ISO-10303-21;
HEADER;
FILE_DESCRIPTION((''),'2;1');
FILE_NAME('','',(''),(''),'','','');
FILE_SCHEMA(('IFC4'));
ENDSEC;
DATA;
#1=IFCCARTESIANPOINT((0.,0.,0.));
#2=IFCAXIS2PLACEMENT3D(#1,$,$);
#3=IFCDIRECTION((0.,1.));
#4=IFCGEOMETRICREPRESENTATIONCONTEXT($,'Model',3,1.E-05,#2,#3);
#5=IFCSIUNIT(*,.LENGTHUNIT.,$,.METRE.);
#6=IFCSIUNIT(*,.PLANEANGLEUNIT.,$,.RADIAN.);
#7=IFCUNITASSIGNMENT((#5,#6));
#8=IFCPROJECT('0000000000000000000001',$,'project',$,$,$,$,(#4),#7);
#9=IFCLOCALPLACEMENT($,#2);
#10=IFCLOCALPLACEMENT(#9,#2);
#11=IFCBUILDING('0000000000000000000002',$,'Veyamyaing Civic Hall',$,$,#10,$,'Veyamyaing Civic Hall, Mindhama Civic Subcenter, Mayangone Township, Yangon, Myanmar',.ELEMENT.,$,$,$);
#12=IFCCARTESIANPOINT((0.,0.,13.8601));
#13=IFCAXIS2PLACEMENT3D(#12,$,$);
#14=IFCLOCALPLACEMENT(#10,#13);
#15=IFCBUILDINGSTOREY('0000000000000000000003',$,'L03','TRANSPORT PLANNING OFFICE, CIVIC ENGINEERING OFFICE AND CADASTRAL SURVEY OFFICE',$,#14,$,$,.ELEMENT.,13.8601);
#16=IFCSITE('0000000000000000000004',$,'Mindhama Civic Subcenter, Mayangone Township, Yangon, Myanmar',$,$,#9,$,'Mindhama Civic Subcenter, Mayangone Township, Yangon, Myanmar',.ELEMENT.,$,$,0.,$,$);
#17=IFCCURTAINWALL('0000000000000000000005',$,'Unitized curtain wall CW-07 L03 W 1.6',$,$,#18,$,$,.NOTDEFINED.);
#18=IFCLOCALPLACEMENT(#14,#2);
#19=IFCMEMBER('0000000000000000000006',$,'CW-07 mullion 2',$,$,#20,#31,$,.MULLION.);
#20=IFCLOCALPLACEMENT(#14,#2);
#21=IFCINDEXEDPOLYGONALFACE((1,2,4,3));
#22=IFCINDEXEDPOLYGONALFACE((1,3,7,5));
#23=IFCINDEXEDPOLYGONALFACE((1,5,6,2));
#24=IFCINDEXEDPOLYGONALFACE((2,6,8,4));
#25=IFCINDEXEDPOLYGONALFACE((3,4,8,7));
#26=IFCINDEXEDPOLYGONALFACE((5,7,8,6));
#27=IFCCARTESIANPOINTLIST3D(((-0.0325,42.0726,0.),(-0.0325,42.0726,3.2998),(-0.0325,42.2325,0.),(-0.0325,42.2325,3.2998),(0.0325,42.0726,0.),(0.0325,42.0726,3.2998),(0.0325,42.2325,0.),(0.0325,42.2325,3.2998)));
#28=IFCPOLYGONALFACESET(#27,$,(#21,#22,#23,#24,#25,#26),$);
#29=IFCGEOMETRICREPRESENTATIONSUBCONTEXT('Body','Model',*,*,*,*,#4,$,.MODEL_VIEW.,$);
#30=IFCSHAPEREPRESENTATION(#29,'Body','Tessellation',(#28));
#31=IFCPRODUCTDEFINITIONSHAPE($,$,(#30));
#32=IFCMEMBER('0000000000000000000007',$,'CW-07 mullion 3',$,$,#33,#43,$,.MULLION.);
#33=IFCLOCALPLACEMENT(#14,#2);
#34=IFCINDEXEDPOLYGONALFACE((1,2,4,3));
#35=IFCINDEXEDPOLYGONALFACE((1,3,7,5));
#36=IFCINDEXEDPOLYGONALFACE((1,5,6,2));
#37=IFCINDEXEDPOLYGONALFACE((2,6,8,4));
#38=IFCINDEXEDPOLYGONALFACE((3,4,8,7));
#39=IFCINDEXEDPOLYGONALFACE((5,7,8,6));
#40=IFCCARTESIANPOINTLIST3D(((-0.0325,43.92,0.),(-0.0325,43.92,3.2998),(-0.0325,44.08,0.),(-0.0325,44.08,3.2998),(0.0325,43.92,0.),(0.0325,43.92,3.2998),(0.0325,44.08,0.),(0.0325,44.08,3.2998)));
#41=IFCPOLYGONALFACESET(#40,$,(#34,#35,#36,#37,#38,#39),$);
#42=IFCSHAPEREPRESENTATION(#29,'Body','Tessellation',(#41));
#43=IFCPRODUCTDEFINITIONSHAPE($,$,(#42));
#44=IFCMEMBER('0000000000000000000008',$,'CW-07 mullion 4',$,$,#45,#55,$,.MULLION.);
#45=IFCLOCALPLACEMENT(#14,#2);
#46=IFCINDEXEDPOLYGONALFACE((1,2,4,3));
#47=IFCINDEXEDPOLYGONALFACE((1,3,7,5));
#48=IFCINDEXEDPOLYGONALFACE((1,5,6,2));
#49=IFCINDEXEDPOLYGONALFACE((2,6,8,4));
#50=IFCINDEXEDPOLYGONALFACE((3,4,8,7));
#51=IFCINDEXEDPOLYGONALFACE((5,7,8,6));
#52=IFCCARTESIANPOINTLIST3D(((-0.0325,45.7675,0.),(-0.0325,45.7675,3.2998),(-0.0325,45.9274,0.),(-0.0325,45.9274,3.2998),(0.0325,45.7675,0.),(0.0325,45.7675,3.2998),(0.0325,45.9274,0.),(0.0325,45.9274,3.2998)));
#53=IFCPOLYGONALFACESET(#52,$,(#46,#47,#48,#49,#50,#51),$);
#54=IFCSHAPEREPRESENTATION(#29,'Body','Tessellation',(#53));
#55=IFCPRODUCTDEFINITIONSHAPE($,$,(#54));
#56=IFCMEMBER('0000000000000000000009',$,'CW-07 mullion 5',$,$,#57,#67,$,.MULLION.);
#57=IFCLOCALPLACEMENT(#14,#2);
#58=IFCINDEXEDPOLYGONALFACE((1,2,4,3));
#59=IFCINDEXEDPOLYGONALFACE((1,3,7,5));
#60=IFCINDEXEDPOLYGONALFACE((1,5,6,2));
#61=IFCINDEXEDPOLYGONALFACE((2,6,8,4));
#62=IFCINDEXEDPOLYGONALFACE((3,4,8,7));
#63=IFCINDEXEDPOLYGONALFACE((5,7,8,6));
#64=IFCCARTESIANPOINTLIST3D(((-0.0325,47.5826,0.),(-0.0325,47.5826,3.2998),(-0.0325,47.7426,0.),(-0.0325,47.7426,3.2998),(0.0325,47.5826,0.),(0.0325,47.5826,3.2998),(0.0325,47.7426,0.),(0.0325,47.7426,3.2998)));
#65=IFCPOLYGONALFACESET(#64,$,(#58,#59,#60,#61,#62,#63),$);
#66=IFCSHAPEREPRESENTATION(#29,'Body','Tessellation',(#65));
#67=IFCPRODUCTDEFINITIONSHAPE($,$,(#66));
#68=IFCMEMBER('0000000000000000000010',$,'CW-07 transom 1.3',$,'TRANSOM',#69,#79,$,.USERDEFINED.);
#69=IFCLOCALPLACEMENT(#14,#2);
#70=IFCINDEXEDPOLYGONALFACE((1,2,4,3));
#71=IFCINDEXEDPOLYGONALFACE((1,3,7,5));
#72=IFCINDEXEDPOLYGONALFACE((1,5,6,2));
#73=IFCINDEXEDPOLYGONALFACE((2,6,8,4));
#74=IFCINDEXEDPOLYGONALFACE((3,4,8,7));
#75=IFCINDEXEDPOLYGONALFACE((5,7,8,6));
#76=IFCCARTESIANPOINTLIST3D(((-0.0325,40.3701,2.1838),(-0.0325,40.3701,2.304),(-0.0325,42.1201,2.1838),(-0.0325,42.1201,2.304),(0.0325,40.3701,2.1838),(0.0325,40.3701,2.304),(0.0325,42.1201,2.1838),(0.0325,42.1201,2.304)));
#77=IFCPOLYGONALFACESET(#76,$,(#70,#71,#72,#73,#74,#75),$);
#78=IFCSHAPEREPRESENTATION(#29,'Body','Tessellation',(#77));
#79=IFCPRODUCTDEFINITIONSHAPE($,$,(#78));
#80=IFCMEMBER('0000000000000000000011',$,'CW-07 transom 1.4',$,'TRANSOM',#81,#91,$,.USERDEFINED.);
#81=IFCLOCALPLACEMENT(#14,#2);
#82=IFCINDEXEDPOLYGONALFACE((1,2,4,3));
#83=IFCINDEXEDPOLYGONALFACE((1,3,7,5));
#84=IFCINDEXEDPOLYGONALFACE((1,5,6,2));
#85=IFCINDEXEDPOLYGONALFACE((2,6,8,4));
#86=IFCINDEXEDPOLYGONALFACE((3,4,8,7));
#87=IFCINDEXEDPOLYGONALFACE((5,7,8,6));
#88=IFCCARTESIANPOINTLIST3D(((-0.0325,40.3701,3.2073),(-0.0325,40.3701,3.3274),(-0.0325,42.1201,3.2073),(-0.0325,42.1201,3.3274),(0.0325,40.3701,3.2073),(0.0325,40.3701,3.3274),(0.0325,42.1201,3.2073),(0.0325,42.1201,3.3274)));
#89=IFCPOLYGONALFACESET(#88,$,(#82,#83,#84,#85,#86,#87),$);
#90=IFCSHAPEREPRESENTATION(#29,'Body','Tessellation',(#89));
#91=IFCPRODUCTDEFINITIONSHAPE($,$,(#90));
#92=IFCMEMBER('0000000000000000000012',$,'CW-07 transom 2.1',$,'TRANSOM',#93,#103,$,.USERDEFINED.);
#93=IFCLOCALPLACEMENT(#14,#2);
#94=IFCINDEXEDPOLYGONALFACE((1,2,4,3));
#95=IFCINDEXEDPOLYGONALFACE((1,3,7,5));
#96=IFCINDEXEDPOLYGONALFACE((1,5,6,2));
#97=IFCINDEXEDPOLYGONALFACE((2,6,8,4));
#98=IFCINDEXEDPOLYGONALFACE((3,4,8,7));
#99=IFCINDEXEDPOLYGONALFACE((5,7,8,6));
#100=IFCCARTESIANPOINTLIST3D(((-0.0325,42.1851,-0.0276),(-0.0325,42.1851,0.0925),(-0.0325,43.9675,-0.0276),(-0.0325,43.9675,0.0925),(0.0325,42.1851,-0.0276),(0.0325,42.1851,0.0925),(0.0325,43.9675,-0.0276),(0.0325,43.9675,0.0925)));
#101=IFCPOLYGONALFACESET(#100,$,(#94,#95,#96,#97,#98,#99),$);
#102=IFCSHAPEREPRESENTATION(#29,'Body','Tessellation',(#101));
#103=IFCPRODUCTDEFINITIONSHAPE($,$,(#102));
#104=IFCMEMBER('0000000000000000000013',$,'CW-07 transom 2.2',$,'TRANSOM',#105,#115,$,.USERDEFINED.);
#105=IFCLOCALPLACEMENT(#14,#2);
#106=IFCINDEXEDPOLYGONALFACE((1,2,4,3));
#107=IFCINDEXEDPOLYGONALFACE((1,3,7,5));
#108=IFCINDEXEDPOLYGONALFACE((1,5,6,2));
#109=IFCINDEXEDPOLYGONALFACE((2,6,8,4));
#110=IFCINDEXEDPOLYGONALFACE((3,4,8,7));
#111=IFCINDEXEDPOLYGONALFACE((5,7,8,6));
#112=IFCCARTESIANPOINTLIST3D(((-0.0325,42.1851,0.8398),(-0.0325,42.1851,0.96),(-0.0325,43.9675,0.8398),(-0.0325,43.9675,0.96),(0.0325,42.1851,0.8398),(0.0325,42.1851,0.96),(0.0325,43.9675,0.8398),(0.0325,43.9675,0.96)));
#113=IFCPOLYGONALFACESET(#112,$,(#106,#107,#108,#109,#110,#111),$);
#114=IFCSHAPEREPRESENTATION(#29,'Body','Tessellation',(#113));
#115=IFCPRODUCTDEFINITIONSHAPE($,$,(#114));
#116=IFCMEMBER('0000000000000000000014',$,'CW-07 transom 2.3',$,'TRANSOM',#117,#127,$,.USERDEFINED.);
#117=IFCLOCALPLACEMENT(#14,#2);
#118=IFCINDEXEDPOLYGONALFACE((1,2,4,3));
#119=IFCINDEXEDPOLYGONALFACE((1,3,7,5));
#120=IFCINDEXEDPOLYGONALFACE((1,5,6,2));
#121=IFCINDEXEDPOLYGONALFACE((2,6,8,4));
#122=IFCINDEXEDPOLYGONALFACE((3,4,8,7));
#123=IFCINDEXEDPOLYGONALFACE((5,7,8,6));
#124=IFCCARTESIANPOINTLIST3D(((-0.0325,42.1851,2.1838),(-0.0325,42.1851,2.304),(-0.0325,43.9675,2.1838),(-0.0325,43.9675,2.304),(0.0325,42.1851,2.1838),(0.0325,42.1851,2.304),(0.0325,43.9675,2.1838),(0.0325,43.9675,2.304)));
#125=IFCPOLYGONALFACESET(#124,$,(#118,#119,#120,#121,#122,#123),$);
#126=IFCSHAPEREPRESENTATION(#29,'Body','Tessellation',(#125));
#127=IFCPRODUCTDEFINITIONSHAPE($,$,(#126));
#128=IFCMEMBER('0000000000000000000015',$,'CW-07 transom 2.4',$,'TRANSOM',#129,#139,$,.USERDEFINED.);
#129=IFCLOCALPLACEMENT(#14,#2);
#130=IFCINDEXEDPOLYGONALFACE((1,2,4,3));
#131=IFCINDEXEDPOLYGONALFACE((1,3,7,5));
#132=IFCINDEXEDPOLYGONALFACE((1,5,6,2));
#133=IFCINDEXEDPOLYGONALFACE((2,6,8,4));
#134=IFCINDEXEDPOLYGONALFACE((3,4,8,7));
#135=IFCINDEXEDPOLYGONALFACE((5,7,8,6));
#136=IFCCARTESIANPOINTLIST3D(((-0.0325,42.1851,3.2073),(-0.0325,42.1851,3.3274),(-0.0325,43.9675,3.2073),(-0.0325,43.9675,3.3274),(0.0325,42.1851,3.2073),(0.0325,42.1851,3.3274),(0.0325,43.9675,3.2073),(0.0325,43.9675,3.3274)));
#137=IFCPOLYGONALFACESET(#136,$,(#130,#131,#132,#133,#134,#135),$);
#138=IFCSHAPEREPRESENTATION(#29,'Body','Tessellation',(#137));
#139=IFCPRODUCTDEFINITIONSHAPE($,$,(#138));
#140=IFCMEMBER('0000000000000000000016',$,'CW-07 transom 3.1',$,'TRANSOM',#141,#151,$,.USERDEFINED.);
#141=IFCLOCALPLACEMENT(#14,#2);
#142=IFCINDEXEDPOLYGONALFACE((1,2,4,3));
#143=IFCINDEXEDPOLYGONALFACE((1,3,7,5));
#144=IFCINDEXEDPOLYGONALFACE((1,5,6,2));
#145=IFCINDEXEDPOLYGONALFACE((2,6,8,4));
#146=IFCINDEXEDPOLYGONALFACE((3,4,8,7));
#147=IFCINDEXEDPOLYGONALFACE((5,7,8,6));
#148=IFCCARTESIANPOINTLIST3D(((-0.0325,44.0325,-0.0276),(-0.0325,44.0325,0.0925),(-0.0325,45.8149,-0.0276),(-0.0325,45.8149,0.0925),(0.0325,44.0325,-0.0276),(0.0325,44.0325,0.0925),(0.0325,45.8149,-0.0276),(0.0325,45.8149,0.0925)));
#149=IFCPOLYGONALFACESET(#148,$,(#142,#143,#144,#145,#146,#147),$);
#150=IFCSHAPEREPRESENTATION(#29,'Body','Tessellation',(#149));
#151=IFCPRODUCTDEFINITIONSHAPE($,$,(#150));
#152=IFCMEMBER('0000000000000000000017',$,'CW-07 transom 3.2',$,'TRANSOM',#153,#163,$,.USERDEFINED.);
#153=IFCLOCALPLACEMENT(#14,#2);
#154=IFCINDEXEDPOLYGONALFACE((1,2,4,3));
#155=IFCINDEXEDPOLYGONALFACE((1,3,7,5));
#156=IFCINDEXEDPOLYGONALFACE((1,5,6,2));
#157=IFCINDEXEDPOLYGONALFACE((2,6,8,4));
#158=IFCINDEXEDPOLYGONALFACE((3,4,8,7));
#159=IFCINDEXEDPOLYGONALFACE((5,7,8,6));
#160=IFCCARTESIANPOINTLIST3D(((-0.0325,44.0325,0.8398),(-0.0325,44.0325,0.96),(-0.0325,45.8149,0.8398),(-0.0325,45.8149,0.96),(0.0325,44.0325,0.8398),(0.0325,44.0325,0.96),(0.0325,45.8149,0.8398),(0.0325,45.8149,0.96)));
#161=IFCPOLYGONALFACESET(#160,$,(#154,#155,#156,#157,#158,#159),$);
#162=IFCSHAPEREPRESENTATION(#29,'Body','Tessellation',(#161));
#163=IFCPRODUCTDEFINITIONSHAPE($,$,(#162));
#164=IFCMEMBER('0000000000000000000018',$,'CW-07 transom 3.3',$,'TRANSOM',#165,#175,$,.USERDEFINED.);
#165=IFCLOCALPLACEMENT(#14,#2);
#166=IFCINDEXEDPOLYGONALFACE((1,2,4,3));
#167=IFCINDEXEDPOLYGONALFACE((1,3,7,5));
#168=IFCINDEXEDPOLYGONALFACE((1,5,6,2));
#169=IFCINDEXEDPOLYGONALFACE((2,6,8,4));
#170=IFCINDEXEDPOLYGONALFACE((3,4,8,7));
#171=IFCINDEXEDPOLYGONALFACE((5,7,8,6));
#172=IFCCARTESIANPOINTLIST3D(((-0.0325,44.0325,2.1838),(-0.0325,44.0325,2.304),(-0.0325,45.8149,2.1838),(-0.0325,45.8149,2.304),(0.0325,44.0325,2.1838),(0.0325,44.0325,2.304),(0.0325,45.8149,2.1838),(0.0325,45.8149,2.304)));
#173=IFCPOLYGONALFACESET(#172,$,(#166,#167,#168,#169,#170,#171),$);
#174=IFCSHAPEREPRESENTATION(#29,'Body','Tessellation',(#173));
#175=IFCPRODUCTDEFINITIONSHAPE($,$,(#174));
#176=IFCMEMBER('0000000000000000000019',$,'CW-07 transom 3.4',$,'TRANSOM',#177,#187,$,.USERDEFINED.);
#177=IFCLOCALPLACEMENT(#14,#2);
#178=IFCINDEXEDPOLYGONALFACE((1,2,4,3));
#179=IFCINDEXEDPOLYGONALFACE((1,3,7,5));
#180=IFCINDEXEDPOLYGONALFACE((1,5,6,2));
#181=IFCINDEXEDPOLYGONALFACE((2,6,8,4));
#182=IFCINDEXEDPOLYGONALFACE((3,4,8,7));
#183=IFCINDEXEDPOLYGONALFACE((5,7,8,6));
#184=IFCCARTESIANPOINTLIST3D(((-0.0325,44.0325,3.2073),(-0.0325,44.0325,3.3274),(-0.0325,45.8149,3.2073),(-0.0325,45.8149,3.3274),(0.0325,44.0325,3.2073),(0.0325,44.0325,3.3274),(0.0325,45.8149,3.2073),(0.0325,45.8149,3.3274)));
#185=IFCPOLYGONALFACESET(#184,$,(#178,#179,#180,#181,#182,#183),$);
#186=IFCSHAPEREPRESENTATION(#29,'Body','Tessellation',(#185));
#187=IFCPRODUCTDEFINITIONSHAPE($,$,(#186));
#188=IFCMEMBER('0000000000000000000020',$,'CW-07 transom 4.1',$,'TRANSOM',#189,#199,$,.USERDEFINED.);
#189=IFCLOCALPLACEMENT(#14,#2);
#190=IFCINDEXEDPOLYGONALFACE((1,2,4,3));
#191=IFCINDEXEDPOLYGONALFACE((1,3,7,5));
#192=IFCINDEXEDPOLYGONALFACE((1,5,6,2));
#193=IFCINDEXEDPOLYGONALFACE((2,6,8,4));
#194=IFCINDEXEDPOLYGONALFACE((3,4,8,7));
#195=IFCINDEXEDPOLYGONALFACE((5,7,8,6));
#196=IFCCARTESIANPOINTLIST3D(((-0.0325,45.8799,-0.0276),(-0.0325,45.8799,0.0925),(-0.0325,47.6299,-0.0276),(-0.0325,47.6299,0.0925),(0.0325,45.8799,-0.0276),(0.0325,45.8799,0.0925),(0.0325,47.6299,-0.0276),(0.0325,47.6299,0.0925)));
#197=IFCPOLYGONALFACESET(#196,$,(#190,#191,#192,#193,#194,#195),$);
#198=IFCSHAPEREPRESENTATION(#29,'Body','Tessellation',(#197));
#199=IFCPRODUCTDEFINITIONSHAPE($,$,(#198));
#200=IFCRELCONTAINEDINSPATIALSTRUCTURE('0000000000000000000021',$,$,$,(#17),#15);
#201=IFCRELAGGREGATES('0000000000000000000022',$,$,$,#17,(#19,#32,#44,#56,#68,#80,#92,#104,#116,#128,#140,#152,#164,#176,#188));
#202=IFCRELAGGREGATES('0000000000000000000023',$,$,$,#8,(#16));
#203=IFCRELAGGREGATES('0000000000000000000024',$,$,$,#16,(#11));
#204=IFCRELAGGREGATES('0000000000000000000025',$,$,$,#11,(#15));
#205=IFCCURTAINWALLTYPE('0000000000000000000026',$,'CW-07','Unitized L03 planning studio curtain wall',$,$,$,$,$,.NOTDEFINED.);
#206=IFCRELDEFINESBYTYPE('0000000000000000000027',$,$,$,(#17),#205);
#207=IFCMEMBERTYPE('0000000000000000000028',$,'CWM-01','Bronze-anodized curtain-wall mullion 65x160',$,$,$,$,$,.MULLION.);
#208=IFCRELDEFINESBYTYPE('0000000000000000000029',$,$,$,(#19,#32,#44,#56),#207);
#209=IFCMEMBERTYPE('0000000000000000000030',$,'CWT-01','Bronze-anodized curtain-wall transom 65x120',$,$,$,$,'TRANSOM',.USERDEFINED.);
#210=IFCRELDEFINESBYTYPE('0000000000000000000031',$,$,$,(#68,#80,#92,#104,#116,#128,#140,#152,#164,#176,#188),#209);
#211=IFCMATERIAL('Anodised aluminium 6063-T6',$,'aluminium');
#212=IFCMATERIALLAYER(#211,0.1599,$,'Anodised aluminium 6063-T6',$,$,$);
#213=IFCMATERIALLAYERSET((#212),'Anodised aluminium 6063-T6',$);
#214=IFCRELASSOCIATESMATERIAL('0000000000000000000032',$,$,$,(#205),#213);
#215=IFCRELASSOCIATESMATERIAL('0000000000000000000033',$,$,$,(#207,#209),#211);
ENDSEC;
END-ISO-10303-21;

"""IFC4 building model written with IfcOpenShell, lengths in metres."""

from ifc_helpers import new_model, si_unit, direction, frame, origin, origin_2d, place, context, subcontext, project, spatial, rectangle, extrude, material, layer, layer_set, material_profile, profile_set, type_object, element, aggregate, save


model = new_model("IFC4")

# Units and contexts
model_context = context("Model", 3, precision=1e-05, world=origin(), true_north=direction((0.0, 1.0)))
body_context = subcontext(model_context, "Body", "Model", "MODEL_VIEW")
ifc_project = project(units=[si_unit("LENGTHUNIT", "METRE"), si_unit("PLANEANGLEUNIT", "RADIAN")], contexts=[model_context])

# Site, building, storey
site_placement = place(None, origin())
site = spatial("IfcSite", under=ifc_project, at=site_placement, Name="Mindhama Civic Subcenter, Mayangone Township, Yangon, Myanmar", LongName="Mindhama Civic Subcenter, Mayangone Township, Yangon, Myanmar", CompositionType="ELEMENT", RefElevation=0.0)
building_placement = place(site_placement, origin())
building = spatial("IfcBuilding", under=site, at=building_placement, Name="Veyamyaing Civic Hall", LongName="Veyamyaing Civic Hall, Mindhama Civic Subcenter, Mayangone Township, Yangon, Myanmar", CompositionType="ELEMENT")
storey_placement = place(building_placement, frame((0.0, 0.0, 13.8601)))
storey = spatial("IfcBuildingStorey", under=building, at=storey_placement, Name="L03", Description="TRANSPORT PLANNING OFFICE, CIVIC ENGINEERING OFFICE AND CADASTRAL SURVEY OFFICE", CompositionType="ELEMENT", Elevation=13.8601)

# Curtain wall, members
ifc_material_1 = material(Name="Anodised aluminium 6063-T6", Category="aluminium")
ifc_layer_1 = layer(ifc_material_1, 0.1599, Name="Anodised aluminium 6063-T6")
ifc_layer_set_1 = layer_set([ifc_layer_1], Name="Anodised aluminium 6063-T6")
curtain_wall_type = type_object("IfcCurtainWallType", Name="CW-07", Description="Unitized L03 planning studio curtain wall", PredefinedType="NOTDEFINED", material=ifc_layer_set_1)
curtain_wall_placement = place(storey_placement, origin())
curtain_wall = element("IfcCurtainWall", 1, at=curtain_wall_placement, inside=storey, type_object=curtain_wall_type, Name="Unitized curtain wall CW-07 L03 W 1.6", PredefinedType="NOTDEFINED")
ifc_material_profile_1 = material_profile(ifc_material_1, rectangle(XDim=0.0649, YDim=0.1599, at=origin_2d()), Name="ALU-MUL-65X160")
ifc_profile_set_1 = profile_set([ifc_material_profile_1], Name="Anodised aluminium 6063-T6")
member_type_1 = type_object("IfcMemberType", Name="CWM-01", Description="Bronze-anodized curtain-wall mullion 65x160", PredefinedType="MULLION", material=ifc_profile_set_1)
member_1_placement = place(storey_placement, frame((0.0, 42.1526, 0.0), z_axis=(0.0, 0.0, 1.0), x_axis=(-1.0, 0.0, 0.0)))
member_1 = element("IfcMember", 2, at=member_1_placement, type_object=member_type_1, Name="CW-07 mullion 2", PredefinedType="MULLION", context=body_context, shape_type="SweptSolid", body=[
    extrude(rectangle(XDim=0.0649, YDim=0.1599, at=origin_2d()), origin(), (0.0, 0.0, 1.0), 3.2998),
])
member_2_placement = place(storey_placement, frame((0.0, 44.0, 0.0), z_axis=(0.0, 0.0, 1.0), x_axis=(-1.0, 0.0, 0.0)))
member_2 = element("IfcMember", 3, at=member_2_placement, type_object=member_type_1, Name="CW-07 mullion 3", PredefinedType="MULLION", context=body_context, shape_type="SweptSolid", body=[
    extrude(rectangle(XDim=0.0649, YDim=0.1599, at=origin_2d()), origin(), (0.0, 0.0, 1.0), 3.2998),
])
member_3_placement = place(storey_placement, frame((0.0, 45.8474, 0.0), z_axis=(0.0, 0.0, 1.0), x_axis=(-1.0, 0.0, 0.0)))
member_3 = element("IfcMember", 4, at=member_3_placement, type_object=member_type_1, Name="CW-07 mullion 4", PredefinedType="MULLION", context=body_context, shape_type="SweptSolid", body=[
    extrude(rectangle(XDim=0.0649, YDim=0.1599, at=origin_2d()), origin(), (0.0, 0.0, 1.0), 3.2998),
])
member_4_placement = place(storey_placement, frame((0.0, 47.6626, 0.0), z_axis=(0.0, 0.0, 1.0), x_axis=(-1.0, 0.0, 0.0)))
member_4 = element("IfcMember", 5, at=member_4_placement, type_object=member_type_1, Name="CW-07 mullion 5", PredefinedType="MULLION", context=body_context, shape_type="SweptSolid", body=[
    extrude(rectangle(XDim=0.0649, YDim=0.1599, at=origin_2d()), origin(), (0.0, 0.0, 1.0), 3.2998),
])
ifc_material_profile_2 = material_profile(ifc_material_1, rectangle(XDim=0.0649, YDim=0.1201, at=origin_2d()), Name="ALU-TRN-65X120")
ifc_profile_set_2 = profile_set([ifc_material_profile_2], Name="Anodised aluminium 6063-T6")
member_type_2 = type_object("IfcMemberType", Name="CWT-01", Description="Bronze-anodized curtain-wall transom 65x120", ElementType="TRANSOM", PredefinedType="USERDEFINED", material=ifc_profile_set_2)
member_5_placement = place(storey_placement, frame((0.0, 40.3701, 2.2439), z_axis=(0.0, 1.0, 0.0), x_axis=(-1.0, 0.0, 0.0)))
member_5 = element("IfcMember", 6, at=member_5_placement, type_object=member_type_2, Name="CW-07 transom 1.3", ObjectType="TRANSOM", PredefinedType="USERDEFINED", context=body_context, shape_type="SweptSolid", body=[
    extrude(rectangle(XDim=0.0649, YDim=0.1201, at=origin_2d()), origin(), (0.0, 0.0, 1.0), 1.75),
])
member_6_placement = place(storey_placement, frame((0.0, 40.3701, 3.2673), z_axis=(0.0, 1.0, 0.0), x_axis=(-1.0, 0.0, 0.0)))
member_6 = element("IfcMember", 7, at=member_6_placement, type_object=member_type_2, Name="CW-07 transom 1.4", ObjectType="TRANSOM", PredefinedType="USERDEFINED", context=body_context, shape_type="SweptSolid", body=[
    extrude(rectangle(XDim=0.0649, YDim=0.1201, at=origin_2d()), origin(), (0.0, 0.0, 1.0), 1.75),
])
member_7_placement = place(storey_placement, frame((0.0, 42.1851, 0.0325), z_axis=(0.0, 1.0, 0.0), x_axis=(-1.0, 0.0, 0.0)))
member_7 = element("IfcMember", 8, at=member_7_placement, type_object=member_type_2, Name="CW-07 transom 2.1", ObjectType="TRANSOM", PredefinedType="USERDEFINED", context=body_context, shape_type="SweptSolid", body=[
    extrude(rectangle(XDim=0.0649, YDim=0.1201, at=origin_2d()), origin(), (0.0, 0.0, 1.0), 1.7825),
])
member_8_placement = place(storey_placement, frame((0.0, 42.1851, 0.8999), z_axis=(0.0, 1.0, 0.0), x_axis=(-1.0, 0.0, 0.0)))
member_8 = element("IfcMember", 9, at=member_8_placement, type_object=member_type_2, Name="CW-07 transom 2.2", ObjectType="TRANSOM", PredefinedType="USERDEFINED", context=body_context, shape_type="SweptSolid", body=[
    extrude(rectangle(XDim=0.0649, YDim=0.1201, at=origin_2d()), origin(), (0.0, 0.0, 1.0), 1.7825),
])
member_9_placement = place(storey_placement, frame((0.0, 42.1851, 2.2439), z_axis=(0.0, 1.0, 0.0), x_axis=(-1.0, 0.0, 0.0)))
member_9 = element("IfcMember", 10, at=member_9_placement, type_object=member_type_2, Name="CW-07 transom 2.3", ObjectType="TRANSOM", PredefinedType="USERDEFINED", context=body_context, shape_type="SweptSolid", body=[
    extrude(rectangle(XDim=0.0649, YDim=0.1201, at=origin_2d()), origin(), (0.0, 0.0, 1.0), 1.7825),
])
member_10_placement = place(storey_placement, frame((0.0, 42.1851, 3.2673), z_axis=(0.0, 1.0, 0.0), x_axis=(-1.0, 0.0, 0.0)))
member_10 = element("IfcMember", 11, at=member_10_placement, type_object=member_type_2, Name="CW-07 transom 2.4", ObjectType="TRANSOM", PredefinedType="USERDEFINED", context=body_context, shape_type="SweptSolid", body=[
    extrude(rectangle(XDim=0.0649, YDim=0.1201, at=origin_2d()), origin(), (0.0, 0.0, 1.0), 1.7825),
])
member_11_placement = place(storey_placement, frame((0.0, 44.0325, 0.0325), z_axis=(0.0, 1.0, 0.0), x_axis=(-1.0, 0.0, 0.0)))
member_11 = element("IfcMember", 12, at=member_11_placement, type_object=member_type_2, Name="CW-07 transom 3.1", ObjectType="TRANSOM", PredefinedType="USERDEFINED", context=body_context, shape_type="SweptSolid", body=[
    extrude(rectangle(XDim=0.0649, YDim=0.1201, at=origin_2d()), origin(), (0.0, 0.0, 1.0), 1.7825),
])
member_12_placement = place(storey_placement, frame((0.0, 44.0325, 0.8999), z_axis=(0.0, 1.0, 0.0), x_axis=(-1.0, 0.0, 0.0)))
member_12 = element("IfcMember", 13, at=member_12_placement, type_object=member_type_2, Name="CW-07 transom 3.2", ObjectType="TRANSOM", PredefinedType="USERDEFINED", context=body_context, shape_type="SweptSolid", body=[
    extrude(rectangle(XDim=0.0649, YDim=0.1201, at=origin_2d()), origin(), (0.0, 0.0, 1.0), 1.7825),
])
member_13_placement = place(storey_placement, frame((0.0, 44.0325, 2.2439), z_axis=(0.0, 1.0, 0.0), x_axis=(-1.0, 0.0, 0.0)))
member_13 = element("IfcMember", 14, at=member_13_placement, type_object=member_type_2, Name="CW-07 transom 3.3", ObjectType="TRANSOM", PredefinedType="USERDEFINED", context=body_context, shape_type="SweptSolid", body=[
    extrude(rectangle(XDim=0.0649, YDim=0.1201, at=origin_2d()), origin(), (0.0, 0.0, 1.0), 1.7825),
])
member_14_placement = place(storey_placement, frame((0.0, 44.0325, 3.2673), z_axis=(0.0, 1.0, 0.0), x_axis=(-1.0, 0.0, 0.0)))
member_14 = element("IfcMember", 15, at=member_14_placement, type_object=member_type_2, Name="CW-07 transom 3.4", ObjectType="TRANSOM", PredefinedType="USERDEFINED", context=body_context, shape_type="SweptSolid", body=[
    extrude(rectangle(XDim=0.0649, YDim=0.1201, at=origin_2d()), origin(), (0.0, 0.0, 1.0), 1.7825),
])
member_15_placement = place(storey_placement, frame((0.0, 45.8799, 0.0325), z_axis=(0.0, 1.0, 0.0), x_axis=(-1.0, 0.0, 0.0)))
member_15 = element("IfcMember", 16, at=member_15_placement, type_object=member_type_2, Name="CW-07 transom 4.1", ObjectType="TRANSOM", PredefinedType="USERDEFINED", context=body_context, shape_type="SweptSolid", body=[
    extrude(rectangle(XDim=0.0649, YDim=0.1201, at=origin_2d()), origin(), (0.0, 0.0, 1.0), 1.75),
])

aggregate(curtain_wall, [member_1, member_2, member_3, member_4, member_5, member_6, member_7, member_8, member_9, member_10, member_11, member_12, member_13, member_14, member_15])

save(model, "model.ifc")
